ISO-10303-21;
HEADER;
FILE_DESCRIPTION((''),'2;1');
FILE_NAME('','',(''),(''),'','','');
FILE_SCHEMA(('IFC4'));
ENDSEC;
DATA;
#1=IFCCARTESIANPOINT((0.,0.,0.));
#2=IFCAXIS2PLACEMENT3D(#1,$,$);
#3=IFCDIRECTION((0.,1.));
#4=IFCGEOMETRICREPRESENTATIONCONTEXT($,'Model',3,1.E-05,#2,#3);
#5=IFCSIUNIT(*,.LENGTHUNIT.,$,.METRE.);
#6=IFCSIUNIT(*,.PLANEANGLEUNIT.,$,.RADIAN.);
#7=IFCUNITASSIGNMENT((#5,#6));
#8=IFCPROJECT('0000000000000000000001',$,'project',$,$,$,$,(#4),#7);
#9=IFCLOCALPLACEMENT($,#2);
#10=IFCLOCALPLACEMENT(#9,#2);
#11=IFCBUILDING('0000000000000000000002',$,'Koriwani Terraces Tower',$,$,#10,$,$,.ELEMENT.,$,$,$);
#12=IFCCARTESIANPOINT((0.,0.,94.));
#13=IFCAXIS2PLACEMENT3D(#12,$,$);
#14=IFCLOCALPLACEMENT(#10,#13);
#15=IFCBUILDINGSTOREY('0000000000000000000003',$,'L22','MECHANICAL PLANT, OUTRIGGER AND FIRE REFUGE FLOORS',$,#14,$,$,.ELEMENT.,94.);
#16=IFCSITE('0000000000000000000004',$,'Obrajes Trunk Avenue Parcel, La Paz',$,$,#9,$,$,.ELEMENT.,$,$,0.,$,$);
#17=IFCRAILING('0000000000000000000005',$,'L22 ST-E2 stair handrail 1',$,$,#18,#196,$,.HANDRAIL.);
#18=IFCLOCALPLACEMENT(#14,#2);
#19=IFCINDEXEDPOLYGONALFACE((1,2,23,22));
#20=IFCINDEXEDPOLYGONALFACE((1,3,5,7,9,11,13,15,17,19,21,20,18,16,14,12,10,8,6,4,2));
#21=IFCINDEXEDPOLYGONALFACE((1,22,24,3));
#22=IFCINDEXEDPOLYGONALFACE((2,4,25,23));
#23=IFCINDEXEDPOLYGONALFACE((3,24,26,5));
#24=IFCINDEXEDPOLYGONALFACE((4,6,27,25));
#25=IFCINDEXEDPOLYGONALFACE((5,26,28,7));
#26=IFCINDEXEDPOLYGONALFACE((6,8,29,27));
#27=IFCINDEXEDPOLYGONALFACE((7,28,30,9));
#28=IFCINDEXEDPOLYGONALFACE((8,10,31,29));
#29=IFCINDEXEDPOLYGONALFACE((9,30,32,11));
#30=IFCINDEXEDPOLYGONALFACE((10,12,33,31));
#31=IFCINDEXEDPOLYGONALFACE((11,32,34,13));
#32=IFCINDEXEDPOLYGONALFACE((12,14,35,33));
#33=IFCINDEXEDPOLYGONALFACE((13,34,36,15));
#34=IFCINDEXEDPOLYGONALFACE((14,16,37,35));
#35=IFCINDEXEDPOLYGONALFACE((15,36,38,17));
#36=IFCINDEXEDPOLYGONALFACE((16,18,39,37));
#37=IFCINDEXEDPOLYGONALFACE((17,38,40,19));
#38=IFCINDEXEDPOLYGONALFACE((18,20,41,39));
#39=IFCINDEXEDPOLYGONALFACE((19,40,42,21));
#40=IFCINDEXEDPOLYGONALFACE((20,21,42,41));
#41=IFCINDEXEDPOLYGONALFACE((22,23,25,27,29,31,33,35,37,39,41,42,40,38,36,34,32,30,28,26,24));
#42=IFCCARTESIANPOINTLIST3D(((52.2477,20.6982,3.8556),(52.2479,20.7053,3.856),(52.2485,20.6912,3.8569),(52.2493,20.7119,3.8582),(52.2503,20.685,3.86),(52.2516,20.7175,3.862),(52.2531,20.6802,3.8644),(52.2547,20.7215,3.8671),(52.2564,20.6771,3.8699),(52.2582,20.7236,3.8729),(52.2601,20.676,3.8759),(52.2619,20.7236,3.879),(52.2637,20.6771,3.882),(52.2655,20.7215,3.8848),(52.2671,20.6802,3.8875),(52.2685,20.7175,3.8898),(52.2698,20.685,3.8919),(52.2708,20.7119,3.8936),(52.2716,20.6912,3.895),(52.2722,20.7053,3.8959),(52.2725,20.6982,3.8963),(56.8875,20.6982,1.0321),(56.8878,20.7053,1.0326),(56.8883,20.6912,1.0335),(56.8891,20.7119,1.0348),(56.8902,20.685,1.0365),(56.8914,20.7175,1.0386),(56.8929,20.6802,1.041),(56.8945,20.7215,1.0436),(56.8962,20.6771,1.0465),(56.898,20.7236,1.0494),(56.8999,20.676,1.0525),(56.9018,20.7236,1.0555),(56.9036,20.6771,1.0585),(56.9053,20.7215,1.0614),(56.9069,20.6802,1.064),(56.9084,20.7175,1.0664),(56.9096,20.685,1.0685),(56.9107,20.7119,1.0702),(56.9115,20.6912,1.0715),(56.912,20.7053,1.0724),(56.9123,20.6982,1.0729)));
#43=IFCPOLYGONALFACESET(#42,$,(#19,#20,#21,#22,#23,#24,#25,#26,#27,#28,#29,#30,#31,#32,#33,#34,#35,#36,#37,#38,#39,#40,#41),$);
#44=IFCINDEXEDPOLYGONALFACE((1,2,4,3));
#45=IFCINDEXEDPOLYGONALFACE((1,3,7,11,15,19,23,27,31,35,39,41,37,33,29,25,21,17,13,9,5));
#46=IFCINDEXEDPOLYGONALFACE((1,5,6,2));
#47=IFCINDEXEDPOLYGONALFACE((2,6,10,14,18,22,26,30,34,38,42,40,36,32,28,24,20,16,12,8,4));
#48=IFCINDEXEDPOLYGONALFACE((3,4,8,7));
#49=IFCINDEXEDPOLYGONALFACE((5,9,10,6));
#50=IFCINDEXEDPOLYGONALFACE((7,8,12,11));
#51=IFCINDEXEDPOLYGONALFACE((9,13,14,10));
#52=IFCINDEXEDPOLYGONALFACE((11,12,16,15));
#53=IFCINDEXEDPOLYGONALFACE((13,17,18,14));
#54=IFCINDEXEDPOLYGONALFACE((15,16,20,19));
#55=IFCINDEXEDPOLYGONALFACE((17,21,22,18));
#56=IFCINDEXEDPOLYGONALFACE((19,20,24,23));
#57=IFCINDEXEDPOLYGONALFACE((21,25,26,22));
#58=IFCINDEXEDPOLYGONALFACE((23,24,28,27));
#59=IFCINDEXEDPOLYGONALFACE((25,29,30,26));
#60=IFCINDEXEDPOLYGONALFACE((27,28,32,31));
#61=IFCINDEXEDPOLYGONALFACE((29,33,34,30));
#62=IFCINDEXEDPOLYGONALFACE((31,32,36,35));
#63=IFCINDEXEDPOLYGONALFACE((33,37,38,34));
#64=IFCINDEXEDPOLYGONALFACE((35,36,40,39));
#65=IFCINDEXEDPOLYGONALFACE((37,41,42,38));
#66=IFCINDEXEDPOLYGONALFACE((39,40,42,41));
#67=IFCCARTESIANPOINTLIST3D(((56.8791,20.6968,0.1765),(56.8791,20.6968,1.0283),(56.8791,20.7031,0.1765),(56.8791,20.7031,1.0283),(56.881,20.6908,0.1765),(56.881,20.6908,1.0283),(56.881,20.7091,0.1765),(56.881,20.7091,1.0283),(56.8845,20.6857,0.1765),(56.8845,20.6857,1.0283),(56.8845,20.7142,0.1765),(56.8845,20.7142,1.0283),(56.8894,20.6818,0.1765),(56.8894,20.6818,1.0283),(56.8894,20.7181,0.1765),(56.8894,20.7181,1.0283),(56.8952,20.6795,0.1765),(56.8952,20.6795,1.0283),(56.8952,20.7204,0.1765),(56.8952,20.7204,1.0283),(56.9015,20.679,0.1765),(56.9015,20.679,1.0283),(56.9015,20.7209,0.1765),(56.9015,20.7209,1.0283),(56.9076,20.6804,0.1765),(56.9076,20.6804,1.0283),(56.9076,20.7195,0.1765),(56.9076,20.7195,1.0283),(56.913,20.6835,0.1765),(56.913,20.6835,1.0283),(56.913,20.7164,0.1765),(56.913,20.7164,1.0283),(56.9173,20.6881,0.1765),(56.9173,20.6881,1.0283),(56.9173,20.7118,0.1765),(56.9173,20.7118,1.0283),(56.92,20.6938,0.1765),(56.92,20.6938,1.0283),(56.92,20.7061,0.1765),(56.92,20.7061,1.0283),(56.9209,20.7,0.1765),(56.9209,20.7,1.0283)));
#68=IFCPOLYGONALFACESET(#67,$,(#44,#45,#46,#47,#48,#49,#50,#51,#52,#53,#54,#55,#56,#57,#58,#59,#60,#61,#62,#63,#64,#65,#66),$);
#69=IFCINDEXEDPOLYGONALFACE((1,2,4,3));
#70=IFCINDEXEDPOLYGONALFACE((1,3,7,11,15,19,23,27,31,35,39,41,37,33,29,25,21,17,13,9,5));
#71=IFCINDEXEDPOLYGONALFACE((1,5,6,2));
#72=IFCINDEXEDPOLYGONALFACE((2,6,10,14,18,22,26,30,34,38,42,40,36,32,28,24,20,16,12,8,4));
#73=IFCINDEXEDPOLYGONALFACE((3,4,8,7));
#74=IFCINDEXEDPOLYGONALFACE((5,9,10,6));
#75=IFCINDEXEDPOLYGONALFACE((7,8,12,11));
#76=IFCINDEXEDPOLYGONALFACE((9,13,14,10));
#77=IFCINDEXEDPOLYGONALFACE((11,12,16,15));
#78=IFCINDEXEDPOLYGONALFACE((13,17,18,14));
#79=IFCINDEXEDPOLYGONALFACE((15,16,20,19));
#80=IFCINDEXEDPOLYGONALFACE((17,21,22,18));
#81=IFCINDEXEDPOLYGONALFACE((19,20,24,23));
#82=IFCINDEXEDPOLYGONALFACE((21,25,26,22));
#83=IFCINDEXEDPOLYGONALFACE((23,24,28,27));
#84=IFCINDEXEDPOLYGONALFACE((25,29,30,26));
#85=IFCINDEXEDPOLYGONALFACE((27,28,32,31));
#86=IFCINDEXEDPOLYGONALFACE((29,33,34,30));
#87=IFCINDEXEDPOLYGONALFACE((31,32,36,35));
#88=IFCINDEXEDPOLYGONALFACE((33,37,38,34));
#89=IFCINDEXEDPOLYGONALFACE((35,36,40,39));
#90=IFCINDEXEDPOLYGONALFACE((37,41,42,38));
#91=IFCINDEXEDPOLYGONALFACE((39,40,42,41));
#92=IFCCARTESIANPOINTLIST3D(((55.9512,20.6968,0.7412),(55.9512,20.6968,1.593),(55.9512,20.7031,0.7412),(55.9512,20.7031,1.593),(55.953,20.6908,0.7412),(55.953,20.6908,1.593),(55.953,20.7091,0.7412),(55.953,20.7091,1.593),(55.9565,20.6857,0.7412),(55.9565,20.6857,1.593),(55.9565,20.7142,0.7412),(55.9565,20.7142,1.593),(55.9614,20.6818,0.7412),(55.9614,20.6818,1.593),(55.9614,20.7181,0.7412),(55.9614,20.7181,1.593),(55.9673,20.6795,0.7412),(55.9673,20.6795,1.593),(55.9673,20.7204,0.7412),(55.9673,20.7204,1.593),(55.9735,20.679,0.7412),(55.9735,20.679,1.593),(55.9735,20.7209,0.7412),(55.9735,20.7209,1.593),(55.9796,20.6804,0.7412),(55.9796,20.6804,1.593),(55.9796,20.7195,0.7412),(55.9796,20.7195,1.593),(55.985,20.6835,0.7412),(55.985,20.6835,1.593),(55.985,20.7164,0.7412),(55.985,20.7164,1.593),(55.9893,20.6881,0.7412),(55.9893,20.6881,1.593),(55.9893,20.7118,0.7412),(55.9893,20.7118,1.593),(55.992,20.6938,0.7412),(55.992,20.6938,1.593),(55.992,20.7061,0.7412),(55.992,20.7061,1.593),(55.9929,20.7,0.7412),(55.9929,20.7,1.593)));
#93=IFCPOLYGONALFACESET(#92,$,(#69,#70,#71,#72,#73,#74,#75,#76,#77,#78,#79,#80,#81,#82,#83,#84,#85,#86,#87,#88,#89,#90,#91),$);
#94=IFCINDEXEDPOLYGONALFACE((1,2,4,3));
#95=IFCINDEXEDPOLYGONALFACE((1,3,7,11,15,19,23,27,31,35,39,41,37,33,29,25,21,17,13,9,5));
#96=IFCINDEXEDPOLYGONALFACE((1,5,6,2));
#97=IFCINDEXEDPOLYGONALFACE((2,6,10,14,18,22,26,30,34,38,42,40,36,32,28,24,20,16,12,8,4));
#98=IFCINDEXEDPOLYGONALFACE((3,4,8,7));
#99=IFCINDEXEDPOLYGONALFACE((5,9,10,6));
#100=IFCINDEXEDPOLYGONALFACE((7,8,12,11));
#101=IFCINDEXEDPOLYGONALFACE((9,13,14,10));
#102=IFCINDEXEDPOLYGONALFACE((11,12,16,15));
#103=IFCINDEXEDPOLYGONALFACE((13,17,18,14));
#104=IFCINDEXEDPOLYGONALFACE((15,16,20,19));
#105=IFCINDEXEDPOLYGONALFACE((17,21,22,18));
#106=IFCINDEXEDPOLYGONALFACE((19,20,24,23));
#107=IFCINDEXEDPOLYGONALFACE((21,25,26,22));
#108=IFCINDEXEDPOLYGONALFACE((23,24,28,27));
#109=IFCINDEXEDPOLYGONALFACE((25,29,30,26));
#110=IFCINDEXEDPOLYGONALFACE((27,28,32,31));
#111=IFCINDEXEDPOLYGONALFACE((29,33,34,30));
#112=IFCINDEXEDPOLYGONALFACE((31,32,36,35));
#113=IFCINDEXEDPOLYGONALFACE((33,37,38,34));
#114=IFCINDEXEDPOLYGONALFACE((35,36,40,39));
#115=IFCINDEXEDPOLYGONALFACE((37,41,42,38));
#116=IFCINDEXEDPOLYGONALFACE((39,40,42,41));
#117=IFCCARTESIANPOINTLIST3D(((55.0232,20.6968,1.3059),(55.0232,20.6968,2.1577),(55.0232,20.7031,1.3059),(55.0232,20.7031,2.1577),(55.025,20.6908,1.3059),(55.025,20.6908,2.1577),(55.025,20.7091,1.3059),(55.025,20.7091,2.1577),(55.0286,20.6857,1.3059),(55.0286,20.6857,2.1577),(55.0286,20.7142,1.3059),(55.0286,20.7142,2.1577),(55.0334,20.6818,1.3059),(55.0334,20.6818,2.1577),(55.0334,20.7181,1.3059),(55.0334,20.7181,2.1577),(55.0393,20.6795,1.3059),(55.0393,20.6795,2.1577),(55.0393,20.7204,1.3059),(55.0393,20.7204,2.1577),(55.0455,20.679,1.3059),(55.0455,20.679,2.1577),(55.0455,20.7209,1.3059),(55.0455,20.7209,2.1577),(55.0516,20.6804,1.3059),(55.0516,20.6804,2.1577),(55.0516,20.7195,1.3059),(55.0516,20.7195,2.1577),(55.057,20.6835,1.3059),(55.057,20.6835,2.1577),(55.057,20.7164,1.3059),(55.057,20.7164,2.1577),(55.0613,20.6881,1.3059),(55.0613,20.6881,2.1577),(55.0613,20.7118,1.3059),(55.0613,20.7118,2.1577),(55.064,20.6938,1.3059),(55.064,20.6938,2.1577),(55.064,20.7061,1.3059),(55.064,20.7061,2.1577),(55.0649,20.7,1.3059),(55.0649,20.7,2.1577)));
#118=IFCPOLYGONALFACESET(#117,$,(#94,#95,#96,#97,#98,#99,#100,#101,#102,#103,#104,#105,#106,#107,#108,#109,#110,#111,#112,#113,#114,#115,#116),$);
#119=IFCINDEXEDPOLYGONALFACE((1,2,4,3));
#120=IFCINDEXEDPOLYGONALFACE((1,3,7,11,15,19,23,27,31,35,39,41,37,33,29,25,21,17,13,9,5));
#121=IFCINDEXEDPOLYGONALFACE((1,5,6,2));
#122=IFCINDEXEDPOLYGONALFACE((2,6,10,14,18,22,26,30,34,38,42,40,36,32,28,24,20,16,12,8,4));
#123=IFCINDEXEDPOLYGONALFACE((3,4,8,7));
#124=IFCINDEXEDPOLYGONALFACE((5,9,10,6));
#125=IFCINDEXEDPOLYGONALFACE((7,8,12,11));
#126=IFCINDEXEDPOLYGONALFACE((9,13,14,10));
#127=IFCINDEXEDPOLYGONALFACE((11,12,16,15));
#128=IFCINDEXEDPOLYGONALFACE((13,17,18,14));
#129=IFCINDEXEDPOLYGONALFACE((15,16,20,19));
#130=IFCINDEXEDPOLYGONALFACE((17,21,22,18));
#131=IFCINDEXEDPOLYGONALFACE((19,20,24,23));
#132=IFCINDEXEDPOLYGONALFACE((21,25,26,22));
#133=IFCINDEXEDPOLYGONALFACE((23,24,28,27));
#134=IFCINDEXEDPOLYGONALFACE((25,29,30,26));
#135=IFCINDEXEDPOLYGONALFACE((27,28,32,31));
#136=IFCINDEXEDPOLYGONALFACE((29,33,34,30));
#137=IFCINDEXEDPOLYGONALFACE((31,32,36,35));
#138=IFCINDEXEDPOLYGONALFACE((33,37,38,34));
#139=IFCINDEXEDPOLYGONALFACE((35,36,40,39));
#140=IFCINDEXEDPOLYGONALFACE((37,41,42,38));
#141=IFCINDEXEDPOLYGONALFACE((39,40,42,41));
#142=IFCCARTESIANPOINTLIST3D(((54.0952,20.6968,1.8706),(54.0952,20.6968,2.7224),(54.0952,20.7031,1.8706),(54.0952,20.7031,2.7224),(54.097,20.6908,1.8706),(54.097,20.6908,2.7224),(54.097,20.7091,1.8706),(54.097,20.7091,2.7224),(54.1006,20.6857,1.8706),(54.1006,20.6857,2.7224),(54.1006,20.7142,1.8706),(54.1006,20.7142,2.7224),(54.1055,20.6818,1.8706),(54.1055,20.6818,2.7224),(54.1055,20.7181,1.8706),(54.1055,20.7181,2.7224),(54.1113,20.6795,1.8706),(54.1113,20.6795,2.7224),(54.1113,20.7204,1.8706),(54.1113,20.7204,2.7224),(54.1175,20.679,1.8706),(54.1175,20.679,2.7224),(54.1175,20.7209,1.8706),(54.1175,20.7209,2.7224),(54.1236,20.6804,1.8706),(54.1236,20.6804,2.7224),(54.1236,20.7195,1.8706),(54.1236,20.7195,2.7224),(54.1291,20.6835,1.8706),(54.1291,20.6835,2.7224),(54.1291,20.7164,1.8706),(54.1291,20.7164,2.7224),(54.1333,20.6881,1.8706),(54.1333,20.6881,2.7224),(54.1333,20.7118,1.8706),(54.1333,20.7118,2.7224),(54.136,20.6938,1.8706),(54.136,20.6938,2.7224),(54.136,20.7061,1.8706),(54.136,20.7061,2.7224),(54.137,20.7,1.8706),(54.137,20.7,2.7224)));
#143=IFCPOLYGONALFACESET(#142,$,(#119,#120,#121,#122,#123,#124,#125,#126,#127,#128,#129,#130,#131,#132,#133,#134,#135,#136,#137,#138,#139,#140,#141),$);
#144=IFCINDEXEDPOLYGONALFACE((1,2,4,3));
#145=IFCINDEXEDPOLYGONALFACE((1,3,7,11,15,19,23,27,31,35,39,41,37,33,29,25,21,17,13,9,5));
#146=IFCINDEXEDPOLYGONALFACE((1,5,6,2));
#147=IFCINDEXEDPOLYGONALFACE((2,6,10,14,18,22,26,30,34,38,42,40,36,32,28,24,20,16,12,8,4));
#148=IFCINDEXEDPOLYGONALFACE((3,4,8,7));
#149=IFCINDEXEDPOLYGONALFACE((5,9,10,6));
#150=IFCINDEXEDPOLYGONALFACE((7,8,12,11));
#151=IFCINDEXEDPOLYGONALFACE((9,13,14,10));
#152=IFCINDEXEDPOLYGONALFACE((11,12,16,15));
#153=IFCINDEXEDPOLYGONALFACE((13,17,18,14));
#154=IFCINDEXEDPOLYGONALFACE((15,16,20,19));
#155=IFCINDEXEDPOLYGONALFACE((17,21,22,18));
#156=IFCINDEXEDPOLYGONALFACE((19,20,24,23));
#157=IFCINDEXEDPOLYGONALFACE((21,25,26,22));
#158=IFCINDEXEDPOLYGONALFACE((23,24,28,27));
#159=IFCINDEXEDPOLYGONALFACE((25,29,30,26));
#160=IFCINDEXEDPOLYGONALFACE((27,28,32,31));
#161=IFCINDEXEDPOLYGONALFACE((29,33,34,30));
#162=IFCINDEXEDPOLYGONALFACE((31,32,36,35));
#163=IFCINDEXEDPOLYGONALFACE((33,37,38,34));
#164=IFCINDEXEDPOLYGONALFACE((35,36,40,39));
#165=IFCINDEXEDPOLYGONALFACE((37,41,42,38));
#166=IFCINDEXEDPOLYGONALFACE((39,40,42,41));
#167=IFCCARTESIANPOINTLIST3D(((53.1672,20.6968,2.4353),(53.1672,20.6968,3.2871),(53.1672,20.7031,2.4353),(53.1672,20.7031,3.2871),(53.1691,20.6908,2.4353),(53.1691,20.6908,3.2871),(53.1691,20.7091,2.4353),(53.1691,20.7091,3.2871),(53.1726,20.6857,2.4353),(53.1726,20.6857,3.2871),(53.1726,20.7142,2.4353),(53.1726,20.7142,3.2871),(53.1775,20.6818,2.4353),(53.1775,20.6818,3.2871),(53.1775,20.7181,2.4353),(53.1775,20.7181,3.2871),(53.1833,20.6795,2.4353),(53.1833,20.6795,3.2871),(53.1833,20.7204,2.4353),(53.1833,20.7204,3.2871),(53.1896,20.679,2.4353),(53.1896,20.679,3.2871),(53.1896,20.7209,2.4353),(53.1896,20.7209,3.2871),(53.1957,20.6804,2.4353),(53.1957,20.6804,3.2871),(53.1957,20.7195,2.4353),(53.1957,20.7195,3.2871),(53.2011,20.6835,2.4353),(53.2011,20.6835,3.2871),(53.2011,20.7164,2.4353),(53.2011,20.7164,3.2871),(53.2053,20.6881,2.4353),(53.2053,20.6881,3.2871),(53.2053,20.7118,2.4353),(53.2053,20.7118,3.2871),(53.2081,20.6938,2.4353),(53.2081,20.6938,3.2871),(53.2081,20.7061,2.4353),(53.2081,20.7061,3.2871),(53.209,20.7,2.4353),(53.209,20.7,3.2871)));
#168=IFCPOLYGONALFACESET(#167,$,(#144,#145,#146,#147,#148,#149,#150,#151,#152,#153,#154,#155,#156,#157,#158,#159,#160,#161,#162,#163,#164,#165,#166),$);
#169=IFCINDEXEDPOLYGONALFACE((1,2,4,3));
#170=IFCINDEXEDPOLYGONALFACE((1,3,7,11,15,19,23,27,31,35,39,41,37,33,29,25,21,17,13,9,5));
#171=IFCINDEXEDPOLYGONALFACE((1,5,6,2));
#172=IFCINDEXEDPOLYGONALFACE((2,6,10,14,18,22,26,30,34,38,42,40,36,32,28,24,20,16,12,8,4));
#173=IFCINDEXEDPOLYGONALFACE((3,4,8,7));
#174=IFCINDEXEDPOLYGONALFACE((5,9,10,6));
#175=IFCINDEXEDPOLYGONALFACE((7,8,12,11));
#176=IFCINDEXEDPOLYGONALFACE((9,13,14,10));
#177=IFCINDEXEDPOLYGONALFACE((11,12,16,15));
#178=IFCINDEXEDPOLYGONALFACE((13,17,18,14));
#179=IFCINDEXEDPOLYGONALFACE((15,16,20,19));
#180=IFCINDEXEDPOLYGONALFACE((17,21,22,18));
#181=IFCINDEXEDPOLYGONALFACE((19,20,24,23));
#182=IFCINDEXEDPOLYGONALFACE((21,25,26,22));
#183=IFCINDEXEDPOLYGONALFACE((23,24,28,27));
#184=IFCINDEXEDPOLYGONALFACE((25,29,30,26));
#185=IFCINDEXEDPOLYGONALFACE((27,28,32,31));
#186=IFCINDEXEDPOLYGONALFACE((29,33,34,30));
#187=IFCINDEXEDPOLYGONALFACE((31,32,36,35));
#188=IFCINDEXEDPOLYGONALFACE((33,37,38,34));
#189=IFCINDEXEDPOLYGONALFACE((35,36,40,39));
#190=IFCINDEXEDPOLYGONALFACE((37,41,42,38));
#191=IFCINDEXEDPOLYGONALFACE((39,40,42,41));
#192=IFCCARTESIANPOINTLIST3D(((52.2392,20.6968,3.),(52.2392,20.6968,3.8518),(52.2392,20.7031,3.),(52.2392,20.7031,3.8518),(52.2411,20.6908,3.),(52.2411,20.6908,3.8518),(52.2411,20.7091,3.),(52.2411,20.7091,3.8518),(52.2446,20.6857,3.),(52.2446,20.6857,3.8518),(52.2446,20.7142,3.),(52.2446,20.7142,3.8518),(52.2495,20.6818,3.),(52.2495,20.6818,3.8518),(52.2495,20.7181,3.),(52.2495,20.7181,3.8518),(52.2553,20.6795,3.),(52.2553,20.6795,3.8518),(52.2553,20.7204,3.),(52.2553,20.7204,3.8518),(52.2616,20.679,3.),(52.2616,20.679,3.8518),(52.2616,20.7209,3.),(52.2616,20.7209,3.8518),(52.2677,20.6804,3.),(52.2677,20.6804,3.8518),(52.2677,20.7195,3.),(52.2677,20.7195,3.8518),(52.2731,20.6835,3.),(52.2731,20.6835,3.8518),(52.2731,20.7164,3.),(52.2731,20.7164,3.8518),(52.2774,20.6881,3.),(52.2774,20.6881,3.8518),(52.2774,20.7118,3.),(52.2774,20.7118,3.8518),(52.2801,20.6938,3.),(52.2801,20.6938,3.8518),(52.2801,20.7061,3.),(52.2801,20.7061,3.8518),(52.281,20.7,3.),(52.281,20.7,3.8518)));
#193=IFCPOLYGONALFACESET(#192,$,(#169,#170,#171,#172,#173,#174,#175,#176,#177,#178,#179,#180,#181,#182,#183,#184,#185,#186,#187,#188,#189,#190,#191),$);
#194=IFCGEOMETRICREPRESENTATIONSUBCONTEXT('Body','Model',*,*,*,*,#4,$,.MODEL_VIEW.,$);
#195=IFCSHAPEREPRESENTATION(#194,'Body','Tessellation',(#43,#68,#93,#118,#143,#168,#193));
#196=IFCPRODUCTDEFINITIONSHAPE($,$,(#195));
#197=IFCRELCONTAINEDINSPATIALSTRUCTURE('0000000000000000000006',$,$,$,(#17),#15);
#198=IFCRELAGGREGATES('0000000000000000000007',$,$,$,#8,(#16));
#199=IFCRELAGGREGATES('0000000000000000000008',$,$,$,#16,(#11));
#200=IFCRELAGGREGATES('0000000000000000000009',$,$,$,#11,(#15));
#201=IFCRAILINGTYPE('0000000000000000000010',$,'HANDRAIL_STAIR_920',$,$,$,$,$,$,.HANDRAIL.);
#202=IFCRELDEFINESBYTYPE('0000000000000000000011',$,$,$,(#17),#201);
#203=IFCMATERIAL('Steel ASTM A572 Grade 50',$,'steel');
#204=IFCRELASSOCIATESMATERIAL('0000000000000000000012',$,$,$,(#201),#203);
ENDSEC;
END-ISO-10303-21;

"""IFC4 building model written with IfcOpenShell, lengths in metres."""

from ifc_helpers import new_model, si_unit, direction, frame, origin, origin_2d, place, context, subcontext, project, spatial, circle, extrude, material, type_object, element, save


model = new_model("IFC4")

# Units and contexts
model_context = context("Model", 3, precision=1e-05, world=origin(), true_north=direction((0.0, 1.0)))
body_context = subcontext(model_context, "Body", "Model", "MODEL_VIEW")
ifc_project = project(units=[si_unit("LENGTHUNIT", "METRE"), si_unit("PLANEANGLEUNIT", "RADIAN")], contexts=[model_context])

# Site, building, storey
site_placement = place(None, origin())
site = spatial("IfcSite", under=ifc_project, at=site_placement, Name="Obrajes Trunk Avenue Parcel, La Paz", CompositionType="ELEMENT", RefElevation=0.0)
building_placement = place(site_placement, origin())
building = spatial("IfcBuilding", under=site, at=building_placement, Name="Koriwani Terraces Tower", CompositionType="ELEMENT")
storey_placement = place(building_placement, frame((0.0, 0.0, 94.0)))
storey = spatial("IfcBuildingStorey", under=building, at=storey_placement, Name="L22", Description="MECHANICAL PLANT, OUTRIGGER AND FIRE REFUGE FLOORS", CompositionType="ELEMENT", Elevation=94.0)

# Shared definitions
ifc_material_1 = material(Name="Steel ASTM A572 Grade 50", Category="steel")

# Railing
railing_type_1 = type_object("IfcRailingType", Name="HANDRAIL_STAIR_920", PredefinedType="HANDRAIL", material=ifc_material_1)
railing_1_placement = place(storey_placement, frame((56.8999, 20.7, 0.1765)))
element("IfcRailing", 1, at=railing_1_placement, inside=storey, type_object=railing_type_1, Name="L22 ST-E2 stair handrail 1", PredefinedType="HANDRAIL", context=body_context, shape_type="SweptSolid", body=[
    extrude(circle(Radius=0.0239, at=origin_2d()), frame((0.0, 0.0, 0.876), z_axis=(-0.854264, 0.0, 0.51984), x_axis=(0.0, -1.0, 0.0)), (0.0, 0.0, 1.0), 5.4314),
    extrude(circle(Radius=0.021, at=origin_2d()), origin(), (0.0, 0.0, 1.0), 0.8518),
    extrude(circle(Radius=0.021, at=origin_2d()), frame((-0.928, 0.0, 0.5647)), (0.0, 0.0, 1.0), 0.8518),
    extrude(circle(Radius=0.021, at=origin_2d()), frame((-1.856, 0.0, 1.1294)), (0.0, 0.0, 1.0), 0.8518),
    extrude(circle(Radius=0.021, at=origin_2d()), frame((-2.7839, 0.0, 1.6941)), (0.0, 0.0, 1.0), 0.8518),
    extrude(circle(Radius=0.021, at=origin_2d()), frame((-3.7119, 0.0, 2.2588)), (0.0, 0.0, 1.0), 0.8518),
    extrude(circle(Radius=0.021, at=origin_2d()), frame((-4.6399, 0.0, 2.8235)), (0.0, 0.0, 1.0), 0.8518),
])

save(model, "model.ifc")
